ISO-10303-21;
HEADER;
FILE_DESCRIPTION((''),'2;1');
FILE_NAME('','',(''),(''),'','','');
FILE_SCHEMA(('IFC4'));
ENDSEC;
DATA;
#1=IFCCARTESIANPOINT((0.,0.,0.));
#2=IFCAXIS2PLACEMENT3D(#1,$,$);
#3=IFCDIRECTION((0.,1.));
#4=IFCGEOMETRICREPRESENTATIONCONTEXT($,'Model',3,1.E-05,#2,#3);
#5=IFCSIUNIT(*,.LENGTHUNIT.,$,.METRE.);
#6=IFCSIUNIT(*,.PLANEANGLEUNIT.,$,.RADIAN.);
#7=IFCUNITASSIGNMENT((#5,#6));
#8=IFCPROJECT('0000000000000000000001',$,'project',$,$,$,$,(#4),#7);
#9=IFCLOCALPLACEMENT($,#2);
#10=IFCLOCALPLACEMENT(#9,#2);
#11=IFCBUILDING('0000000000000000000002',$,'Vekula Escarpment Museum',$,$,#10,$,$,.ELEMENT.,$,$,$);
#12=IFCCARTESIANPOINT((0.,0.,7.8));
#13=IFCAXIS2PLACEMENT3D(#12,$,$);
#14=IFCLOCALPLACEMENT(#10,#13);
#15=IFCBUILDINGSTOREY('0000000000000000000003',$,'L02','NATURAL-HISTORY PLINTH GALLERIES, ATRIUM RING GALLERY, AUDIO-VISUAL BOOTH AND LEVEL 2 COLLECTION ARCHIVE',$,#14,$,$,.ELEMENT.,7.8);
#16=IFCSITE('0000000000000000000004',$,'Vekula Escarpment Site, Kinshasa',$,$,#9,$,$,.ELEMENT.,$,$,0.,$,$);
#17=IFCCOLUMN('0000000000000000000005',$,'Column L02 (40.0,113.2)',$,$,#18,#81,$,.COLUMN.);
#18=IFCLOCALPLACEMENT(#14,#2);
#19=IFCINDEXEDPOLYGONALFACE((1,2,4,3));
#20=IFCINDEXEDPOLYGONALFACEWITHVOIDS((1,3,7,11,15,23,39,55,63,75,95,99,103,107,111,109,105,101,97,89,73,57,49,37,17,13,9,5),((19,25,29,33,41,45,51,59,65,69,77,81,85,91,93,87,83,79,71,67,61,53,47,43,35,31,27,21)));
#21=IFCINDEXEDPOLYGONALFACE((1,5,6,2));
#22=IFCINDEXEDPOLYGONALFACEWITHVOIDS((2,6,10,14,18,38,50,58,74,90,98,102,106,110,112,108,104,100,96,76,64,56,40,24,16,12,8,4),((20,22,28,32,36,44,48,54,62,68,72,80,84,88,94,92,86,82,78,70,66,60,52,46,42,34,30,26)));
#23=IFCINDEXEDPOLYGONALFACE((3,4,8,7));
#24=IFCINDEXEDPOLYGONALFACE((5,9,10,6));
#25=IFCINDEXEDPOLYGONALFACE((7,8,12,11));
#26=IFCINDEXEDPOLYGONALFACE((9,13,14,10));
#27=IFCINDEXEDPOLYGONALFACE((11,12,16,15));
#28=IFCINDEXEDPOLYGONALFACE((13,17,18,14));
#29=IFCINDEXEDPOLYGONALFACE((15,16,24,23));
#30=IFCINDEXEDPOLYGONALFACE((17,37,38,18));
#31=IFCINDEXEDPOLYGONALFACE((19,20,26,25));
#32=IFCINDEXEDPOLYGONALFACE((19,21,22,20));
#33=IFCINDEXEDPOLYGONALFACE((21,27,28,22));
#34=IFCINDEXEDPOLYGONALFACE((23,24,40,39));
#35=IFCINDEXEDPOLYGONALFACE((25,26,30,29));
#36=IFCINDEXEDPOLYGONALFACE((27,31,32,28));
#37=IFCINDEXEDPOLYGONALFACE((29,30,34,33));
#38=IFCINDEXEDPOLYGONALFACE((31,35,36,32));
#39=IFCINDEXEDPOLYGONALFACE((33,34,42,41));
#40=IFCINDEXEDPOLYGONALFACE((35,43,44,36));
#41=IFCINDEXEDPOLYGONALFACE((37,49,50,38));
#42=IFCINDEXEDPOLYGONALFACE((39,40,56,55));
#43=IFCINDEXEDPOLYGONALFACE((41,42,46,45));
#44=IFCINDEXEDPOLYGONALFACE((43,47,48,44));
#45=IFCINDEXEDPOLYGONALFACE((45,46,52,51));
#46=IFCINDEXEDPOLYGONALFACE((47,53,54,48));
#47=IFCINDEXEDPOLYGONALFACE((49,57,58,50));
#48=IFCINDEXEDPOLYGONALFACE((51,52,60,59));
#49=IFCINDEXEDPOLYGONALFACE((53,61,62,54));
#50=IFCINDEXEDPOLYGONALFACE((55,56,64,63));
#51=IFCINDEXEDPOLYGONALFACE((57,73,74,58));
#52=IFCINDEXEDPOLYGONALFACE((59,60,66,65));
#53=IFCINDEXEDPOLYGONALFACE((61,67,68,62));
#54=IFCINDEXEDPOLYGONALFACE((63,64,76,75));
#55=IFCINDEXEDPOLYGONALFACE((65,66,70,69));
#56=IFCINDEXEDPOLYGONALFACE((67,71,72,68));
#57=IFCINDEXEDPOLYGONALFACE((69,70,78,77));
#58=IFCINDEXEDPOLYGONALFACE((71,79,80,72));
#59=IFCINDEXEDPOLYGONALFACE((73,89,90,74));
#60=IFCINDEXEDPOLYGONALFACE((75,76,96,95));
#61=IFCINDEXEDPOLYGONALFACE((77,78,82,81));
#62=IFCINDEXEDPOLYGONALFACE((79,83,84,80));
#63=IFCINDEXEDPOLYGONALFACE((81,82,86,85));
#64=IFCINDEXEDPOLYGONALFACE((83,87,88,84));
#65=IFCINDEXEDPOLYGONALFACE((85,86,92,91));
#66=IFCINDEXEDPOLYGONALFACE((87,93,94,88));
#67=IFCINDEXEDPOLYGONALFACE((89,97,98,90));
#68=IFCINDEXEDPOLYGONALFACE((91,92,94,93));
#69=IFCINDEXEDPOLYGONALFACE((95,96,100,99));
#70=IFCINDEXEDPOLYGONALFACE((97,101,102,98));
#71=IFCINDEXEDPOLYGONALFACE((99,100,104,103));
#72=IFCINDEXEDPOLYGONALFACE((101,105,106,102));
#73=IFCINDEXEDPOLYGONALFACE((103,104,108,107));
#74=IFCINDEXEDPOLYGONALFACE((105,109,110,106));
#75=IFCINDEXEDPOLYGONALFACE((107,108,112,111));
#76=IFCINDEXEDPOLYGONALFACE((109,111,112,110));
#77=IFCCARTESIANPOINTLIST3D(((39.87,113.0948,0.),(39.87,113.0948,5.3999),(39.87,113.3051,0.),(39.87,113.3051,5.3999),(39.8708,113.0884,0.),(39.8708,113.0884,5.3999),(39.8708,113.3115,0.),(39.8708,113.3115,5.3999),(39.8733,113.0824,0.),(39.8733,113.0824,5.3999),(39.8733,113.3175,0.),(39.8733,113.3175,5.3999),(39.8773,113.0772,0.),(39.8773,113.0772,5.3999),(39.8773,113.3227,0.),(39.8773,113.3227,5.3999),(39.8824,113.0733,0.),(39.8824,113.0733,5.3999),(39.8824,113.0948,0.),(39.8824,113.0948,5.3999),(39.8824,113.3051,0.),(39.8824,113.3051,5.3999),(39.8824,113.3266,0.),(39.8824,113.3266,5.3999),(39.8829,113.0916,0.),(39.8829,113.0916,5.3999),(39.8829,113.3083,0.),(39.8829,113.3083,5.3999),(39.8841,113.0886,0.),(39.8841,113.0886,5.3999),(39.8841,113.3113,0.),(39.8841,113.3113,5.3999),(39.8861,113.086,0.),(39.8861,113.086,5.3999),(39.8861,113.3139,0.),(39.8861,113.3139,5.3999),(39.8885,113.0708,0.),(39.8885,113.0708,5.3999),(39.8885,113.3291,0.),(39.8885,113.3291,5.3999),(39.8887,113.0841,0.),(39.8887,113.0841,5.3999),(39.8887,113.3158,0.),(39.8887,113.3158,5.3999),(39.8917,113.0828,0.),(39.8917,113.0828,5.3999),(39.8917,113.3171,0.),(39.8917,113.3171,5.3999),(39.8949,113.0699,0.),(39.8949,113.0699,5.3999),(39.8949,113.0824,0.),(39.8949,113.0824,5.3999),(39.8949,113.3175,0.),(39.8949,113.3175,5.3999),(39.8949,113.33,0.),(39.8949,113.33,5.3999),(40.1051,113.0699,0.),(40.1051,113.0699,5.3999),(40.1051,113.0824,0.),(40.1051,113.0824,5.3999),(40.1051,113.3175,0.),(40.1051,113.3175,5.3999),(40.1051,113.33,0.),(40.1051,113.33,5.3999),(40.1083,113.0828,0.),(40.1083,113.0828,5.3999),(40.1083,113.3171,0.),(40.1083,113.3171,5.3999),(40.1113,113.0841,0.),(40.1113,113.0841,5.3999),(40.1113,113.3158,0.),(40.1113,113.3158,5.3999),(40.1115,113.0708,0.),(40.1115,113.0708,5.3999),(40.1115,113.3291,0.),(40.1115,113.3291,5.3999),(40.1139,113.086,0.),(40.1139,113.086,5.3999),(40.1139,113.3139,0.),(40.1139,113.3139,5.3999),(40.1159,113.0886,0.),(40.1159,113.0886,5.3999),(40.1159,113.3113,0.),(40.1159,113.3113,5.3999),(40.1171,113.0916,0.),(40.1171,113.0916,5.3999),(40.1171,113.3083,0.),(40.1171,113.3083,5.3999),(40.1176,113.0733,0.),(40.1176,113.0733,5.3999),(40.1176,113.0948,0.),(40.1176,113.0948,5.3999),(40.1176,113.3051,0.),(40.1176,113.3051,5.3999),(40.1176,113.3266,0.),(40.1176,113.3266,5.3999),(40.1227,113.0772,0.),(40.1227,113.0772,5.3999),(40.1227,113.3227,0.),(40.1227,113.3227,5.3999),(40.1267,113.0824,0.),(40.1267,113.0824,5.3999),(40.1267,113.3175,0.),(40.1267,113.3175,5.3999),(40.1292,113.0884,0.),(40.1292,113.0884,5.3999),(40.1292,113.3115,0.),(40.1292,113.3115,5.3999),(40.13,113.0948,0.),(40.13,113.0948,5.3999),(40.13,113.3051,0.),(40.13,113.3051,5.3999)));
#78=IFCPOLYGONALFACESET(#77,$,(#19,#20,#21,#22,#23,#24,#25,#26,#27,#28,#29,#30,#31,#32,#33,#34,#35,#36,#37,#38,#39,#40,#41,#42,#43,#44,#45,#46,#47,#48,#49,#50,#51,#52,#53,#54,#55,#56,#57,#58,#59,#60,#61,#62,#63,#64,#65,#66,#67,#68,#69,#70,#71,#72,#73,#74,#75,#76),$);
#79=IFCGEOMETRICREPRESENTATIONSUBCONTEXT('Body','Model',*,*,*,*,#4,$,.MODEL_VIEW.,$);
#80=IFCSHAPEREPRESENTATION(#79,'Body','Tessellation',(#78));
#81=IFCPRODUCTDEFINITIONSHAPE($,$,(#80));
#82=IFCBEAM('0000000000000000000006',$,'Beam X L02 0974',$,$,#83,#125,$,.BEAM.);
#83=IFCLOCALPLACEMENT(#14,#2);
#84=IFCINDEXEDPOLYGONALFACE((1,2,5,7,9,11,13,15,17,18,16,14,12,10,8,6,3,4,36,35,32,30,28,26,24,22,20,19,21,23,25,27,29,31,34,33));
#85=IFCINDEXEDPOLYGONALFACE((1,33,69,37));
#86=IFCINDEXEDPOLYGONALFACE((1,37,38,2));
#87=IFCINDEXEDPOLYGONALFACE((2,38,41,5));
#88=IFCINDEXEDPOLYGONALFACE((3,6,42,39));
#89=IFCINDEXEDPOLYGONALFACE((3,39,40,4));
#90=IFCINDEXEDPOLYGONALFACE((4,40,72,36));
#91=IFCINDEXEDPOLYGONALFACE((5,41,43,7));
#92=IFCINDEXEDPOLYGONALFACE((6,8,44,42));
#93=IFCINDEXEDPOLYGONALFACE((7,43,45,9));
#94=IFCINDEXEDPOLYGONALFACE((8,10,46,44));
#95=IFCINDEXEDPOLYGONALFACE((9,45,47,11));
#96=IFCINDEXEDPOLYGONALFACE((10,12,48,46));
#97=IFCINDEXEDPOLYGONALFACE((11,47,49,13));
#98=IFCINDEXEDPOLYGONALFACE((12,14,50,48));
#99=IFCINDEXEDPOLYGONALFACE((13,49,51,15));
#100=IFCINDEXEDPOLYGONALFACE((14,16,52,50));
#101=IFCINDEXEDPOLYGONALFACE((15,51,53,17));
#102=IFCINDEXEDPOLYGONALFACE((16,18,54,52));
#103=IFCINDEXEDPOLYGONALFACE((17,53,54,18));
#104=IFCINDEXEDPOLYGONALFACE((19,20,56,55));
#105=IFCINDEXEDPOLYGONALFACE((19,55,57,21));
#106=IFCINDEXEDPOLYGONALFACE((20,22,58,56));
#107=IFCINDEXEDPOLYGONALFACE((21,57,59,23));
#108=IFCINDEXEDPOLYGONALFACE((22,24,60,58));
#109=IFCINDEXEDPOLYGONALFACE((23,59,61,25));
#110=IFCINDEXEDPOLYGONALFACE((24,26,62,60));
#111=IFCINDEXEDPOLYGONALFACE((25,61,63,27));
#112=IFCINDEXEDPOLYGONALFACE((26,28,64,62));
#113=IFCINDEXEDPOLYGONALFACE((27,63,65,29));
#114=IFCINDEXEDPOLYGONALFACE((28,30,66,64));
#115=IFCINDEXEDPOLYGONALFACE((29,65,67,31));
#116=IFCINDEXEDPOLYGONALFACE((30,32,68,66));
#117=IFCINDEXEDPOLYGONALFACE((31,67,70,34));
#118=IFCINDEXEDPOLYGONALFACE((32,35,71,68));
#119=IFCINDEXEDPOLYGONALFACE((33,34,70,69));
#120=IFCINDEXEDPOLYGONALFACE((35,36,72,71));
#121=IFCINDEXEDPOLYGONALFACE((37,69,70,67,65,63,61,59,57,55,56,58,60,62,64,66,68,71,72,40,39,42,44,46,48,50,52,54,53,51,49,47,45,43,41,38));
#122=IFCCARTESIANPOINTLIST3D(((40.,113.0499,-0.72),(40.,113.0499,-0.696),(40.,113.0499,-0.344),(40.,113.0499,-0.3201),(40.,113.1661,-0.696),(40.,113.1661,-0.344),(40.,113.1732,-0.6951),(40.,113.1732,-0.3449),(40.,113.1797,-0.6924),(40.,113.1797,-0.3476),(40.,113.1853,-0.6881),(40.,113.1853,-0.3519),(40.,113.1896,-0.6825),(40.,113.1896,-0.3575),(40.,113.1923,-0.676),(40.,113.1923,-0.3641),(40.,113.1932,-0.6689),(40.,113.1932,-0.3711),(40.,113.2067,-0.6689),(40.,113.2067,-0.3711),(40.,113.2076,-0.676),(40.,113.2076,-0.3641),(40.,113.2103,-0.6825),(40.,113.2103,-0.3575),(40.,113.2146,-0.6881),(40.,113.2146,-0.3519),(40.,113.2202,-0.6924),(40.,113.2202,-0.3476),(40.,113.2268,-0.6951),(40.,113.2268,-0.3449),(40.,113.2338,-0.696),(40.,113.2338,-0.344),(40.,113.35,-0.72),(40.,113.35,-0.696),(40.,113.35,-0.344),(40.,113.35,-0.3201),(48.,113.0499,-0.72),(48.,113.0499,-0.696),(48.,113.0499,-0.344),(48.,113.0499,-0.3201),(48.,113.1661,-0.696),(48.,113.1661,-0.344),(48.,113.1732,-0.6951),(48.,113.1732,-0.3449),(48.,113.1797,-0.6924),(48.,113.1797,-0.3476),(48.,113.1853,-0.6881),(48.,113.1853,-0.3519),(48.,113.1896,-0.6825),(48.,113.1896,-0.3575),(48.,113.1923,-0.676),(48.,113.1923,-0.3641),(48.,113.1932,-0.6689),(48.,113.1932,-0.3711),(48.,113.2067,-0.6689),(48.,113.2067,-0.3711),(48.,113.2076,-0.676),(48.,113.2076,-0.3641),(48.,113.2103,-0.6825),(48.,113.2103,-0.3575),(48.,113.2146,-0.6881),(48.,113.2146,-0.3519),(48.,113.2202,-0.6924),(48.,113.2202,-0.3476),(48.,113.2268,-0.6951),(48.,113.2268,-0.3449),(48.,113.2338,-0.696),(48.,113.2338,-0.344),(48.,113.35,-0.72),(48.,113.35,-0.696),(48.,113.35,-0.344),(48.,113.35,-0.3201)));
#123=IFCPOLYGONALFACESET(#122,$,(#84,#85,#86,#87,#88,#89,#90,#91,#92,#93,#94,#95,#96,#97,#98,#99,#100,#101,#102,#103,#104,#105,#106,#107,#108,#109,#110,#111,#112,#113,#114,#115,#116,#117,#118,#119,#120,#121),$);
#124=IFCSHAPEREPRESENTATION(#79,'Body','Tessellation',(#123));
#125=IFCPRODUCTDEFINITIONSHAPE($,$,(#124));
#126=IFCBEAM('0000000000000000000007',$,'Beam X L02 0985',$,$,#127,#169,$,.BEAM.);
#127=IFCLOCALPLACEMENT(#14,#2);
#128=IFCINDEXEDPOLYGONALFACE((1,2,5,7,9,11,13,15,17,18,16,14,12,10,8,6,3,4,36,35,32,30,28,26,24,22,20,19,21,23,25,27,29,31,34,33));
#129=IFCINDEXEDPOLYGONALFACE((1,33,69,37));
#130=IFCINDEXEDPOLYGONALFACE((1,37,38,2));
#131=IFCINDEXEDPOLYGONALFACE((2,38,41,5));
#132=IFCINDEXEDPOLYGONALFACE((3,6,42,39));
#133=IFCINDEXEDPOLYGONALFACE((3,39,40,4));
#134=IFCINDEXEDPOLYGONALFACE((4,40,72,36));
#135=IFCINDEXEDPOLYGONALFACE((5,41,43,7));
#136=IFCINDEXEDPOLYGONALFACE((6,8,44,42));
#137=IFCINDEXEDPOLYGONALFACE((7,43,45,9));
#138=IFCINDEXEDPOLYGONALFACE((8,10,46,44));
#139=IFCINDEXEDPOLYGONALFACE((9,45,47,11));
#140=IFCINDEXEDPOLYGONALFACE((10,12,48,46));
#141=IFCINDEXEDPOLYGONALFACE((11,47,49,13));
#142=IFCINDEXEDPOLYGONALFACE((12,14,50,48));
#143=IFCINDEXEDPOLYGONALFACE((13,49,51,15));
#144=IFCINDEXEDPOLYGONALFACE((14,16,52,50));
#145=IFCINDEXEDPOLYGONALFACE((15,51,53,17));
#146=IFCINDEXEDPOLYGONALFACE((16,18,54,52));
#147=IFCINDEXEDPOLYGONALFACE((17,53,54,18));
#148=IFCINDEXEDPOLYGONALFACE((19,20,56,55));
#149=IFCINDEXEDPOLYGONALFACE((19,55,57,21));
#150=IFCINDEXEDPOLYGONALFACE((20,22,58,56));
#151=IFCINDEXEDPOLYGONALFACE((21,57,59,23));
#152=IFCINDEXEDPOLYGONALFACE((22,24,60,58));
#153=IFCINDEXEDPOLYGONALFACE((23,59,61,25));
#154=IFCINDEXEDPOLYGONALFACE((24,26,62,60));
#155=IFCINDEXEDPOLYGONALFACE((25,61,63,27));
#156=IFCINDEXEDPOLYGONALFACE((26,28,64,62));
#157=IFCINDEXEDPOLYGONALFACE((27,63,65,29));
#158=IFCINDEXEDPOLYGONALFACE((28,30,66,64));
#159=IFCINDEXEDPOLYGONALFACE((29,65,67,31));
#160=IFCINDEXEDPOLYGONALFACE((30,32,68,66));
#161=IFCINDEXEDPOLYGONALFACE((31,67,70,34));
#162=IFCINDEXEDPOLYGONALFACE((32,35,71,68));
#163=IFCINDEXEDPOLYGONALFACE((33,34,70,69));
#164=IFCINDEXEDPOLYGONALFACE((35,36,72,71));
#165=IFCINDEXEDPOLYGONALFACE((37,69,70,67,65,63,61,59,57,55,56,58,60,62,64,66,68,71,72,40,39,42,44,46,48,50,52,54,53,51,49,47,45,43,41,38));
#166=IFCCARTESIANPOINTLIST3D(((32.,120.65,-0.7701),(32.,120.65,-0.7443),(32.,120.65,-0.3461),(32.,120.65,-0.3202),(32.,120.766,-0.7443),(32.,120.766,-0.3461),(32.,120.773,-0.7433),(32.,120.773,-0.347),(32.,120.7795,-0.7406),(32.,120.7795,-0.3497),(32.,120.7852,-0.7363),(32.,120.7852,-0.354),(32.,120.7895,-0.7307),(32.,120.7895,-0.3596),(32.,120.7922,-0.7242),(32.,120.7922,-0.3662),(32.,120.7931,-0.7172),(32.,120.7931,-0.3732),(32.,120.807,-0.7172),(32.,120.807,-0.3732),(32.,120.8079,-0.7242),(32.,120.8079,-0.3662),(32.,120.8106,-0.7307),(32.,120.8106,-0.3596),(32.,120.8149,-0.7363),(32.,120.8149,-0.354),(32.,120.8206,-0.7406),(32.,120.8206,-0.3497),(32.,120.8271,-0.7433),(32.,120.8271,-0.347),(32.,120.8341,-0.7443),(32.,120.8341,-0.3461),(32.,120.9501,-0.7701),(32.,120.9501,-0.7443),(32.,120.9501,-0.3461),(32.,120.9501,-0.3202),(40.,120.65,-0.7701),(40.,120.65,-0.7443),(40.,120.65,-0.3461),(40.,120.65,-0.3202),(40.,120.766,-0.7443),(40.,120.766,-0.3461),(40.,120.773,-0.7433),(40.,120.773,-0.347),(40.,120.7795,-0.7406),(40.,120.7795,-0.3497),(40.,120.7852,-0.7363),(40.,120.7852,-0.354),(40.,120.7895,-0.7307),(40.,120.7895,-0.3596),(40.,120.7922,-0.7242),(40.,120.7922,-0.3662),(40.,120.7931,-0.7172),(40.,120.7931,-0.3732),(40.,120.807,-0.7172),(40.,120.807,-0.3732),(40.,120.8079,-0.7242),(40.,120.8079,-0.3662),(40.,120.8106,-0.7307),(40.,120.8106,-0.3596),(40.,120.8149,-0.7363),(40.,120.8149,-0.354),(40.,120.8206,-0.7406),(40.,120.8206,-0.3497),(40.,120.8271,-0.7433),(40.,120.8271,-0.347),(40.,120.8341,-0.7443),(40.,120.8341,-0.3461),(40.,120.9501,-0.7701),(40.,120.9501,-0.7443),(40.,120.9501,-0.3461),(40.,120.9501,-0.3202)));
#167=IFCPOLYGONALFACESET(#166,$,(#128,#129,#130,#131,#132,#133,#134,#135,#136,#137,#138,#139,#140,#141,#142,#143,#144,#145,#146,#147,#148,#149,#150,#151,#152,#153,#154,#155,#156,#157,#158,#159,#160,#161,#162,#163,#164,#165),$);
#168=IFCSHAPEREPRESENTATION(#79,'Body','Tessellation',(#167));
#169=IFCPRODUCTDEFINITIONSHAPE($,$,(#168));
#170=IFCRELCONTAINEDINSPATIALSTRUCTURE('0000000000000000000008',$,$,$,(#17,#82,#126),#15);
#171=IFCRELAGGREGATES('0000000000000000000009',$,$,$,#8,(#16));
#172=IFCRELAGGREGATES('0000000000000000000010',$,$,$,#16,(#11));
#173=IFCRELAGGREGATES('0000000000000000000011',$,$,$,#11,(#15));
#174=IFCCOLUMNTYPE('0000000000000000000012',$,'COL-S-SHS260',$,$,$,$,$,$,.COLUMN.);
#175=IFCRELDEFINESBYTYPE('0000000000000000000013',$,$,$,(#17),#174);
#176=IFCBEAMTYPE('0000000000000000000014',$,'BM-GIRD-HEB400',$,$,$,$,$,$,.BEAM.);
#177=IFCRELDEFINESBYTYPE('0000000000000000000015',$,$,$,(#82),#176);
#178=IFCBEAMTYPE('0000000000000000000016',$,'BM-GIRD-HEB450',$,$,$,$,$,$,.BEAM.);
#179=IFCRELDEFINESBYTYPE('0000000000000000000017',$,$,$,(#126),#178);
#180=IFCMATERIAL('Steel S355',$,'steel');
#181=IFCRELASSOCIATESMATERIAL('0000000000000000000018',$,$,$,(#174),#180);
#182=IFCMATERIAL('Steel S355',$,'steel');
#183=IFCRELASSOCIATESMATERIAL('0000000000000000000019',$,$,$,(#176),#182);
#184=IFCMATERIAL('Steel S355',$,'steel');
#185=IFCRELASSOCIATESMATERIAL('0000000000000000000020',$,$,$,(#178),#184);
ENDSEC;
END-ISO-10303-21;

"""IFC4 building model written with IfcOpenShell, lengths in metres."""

from ifc_helpers import new_model, si_unit, direction, frame, origin, origin_2d, place, context, subcontext, project, spatial, hollow_rectangle, i_section, extrude, material, material_profile, profile_set, type_object, element, save


model = new_model("IFC4")

# Units and contexts
model_context = context("Model", 3, precision=1e-05, world=origin(), true_north=direction((0.0, 1.0)))
body_context = subcontext(model_context, "Body", "Model", "MODEL_VIEW")
ifc_project = project(units=[si_unit("LENGTHUNIT", "METRE"), si_unit("PLANEANGLEUNIT", "RADIAN")], contexts=[model_context])

# Site, building, storey
site_placement = place(None, origin())
site = spatial("IfcSite", under=ifc_project, at=site_placement, Name="Vekula Escarpment Site, Kinshasa", CompositionType="ELEMENT", RefElevation=0.0)
building_placement = place(site_placement, origin())
building = spatial("IfcBuilding", under=site, at=building_placement, Name="Vekula Escarpment Museum", CompositionType="ELEMENT")
storey_placement = place(building_placement, frame((0.0, 0.0, 7.8)))
storey = spatial("IfcBuildingStorey", under=building, at=storey_placement, Name="L02", Description="NATURAL-HISTORY PLINTH GALLERIES, ATRIUM RING GALLERY, AUDIO-VISUAL BOOTH AND LEVEL 2 COLLECTION ARCHIVE", CompositionType="ELEMENT", Elevation=7.8)

# Column
ifc_material_1 = material(Name="Steel S355", Category="steel")
ifc_material_profile_1 = material_profile(ifc_material_1, hollow_rectangle(XDim=0.26, YDim=0.26, WallThickness=0.0125, InnerFilletRadius=0.0125, OuterFilletRadius=0.0249, at=origin_2d()), Name="SHS 260x260x12.5")
ifc_profile_set_1 = profile_set([ifc_material_profile_1], Name="Steel S355")
column_type_1 = type_object("IfcColumnType", Name="COL-S-SHS260", PredefinedType="COLUMN", material=ifc_profile_set_1)
for number, where, z_axis, x_axis, name in (
    (1, (40.0, 113.2, 0.0), (0.0, 0.0, 1.0), (1.0, 0.0, 0.0), "Column L02 (40.0,113.2)"),
):
    element("IfcColumn", number, at=place(storey_placement, frame(where, z_axis=z_axis, x_axis=x_axis)), inside=storey, type_object=column_type_1, Name=name, PredefinedType="COLUMN", context=body_context, shape_type="SweptSolid", body=[
        extrude(hollow_rectangle(XDim=0.26, YDim=0.26, WallThickness=0.0125, InnerFilletRadius=0.0125, OuterFilletRadius=0.0249, at=origin_2d()), origin(), (0.0, 0.0, 1.0), 5.3999),
    ])

# Beams
ifc_material_2 = material(Name="Steel S355", Category="steel")
ifc_material_profile_2 = material_profile(ifc_material_2, i_section(OverallWidth=0.3, OverallDepth=0.3999, WebThickness=0.0134, FlangeThickness=0.0239, FilletRadius=0.0271, at=origin_2d()), Name="HEB 400")
ifc_profile_set_2 = profile_set([ifc_material_profile_2], Name="Steel S355")
beam_type_1 = type_object("IfcBeamType", Name="BM-GIRD-HEB400", PredefinedType="BEAM", material=ifc_profile_set_2)
beam_1_placement = place(storey_placement, frame((40.0, 113.2, -0.52), z_axis=(1.0, 0.0, 0.0), x_axis=(0.0, 1.0, 0.0)))
element("IfcBeam", 2, at=beam_1_placement, inside=storey, type_object=beam_type_1, Name="Beam X L02 0974", PredefinedType="BEAM", context=body_context, shape_type="SweptSolid", body=[
    extrude(i_section(OverallWidth=0.3, OverallDepth=0.3999, WebThickness=0.0134, FlangeThickness=0.0239, FilletRadius=0.0271, at=origin_2d()), origin(), (0.0, 0.0, 1.0), 8.0),
])
ifc_material_3 = material(Name="Steel S355", Category="steel")
ifc_material_profile_3 = material_profile(ifc_material_3, i_section(OverallWidth=0.3, OverallDepth=0.45, WebThickness=0.0139, FlangeThickness=0.0259, FilletRadius=0.0271, at=origin_2d()), Name="HEB 450")
ifc_profile_set_3 = profile_set([ifc_material_profile_3], Name="Steel S355")
beam_type_2 = type_object("IfcBeamType", Name="BM-GIRD-HEB450", PredefinedType="BEAM", material=ifc_profile_set_3)
beam_2_placement = place(storey_placement, frame((32.0, 120.8, -0.5452), z_axis=(1.0, 0.0, 0.0), x_axis=(0.0, 1.0, 0.0)))
element("IfcBeam", 3, at=beam_2_placement, inside=storey, type_object=beam_type_2, Name="Beam X L02 0985", PredefinedType="BEAM", context=body_context, shape_type="SweptSolid", body=[
    extrude(i_section(OverallWidth=0.3, OverallDepth=0.45, WebThickness=0.0139, FlangeThickness=0.0259, FilletRadius=0.0271, at=origin_2d()), origin(), (0.0, 0.0, 1.0), 8.0),
])

save(model, "model.ifc")
